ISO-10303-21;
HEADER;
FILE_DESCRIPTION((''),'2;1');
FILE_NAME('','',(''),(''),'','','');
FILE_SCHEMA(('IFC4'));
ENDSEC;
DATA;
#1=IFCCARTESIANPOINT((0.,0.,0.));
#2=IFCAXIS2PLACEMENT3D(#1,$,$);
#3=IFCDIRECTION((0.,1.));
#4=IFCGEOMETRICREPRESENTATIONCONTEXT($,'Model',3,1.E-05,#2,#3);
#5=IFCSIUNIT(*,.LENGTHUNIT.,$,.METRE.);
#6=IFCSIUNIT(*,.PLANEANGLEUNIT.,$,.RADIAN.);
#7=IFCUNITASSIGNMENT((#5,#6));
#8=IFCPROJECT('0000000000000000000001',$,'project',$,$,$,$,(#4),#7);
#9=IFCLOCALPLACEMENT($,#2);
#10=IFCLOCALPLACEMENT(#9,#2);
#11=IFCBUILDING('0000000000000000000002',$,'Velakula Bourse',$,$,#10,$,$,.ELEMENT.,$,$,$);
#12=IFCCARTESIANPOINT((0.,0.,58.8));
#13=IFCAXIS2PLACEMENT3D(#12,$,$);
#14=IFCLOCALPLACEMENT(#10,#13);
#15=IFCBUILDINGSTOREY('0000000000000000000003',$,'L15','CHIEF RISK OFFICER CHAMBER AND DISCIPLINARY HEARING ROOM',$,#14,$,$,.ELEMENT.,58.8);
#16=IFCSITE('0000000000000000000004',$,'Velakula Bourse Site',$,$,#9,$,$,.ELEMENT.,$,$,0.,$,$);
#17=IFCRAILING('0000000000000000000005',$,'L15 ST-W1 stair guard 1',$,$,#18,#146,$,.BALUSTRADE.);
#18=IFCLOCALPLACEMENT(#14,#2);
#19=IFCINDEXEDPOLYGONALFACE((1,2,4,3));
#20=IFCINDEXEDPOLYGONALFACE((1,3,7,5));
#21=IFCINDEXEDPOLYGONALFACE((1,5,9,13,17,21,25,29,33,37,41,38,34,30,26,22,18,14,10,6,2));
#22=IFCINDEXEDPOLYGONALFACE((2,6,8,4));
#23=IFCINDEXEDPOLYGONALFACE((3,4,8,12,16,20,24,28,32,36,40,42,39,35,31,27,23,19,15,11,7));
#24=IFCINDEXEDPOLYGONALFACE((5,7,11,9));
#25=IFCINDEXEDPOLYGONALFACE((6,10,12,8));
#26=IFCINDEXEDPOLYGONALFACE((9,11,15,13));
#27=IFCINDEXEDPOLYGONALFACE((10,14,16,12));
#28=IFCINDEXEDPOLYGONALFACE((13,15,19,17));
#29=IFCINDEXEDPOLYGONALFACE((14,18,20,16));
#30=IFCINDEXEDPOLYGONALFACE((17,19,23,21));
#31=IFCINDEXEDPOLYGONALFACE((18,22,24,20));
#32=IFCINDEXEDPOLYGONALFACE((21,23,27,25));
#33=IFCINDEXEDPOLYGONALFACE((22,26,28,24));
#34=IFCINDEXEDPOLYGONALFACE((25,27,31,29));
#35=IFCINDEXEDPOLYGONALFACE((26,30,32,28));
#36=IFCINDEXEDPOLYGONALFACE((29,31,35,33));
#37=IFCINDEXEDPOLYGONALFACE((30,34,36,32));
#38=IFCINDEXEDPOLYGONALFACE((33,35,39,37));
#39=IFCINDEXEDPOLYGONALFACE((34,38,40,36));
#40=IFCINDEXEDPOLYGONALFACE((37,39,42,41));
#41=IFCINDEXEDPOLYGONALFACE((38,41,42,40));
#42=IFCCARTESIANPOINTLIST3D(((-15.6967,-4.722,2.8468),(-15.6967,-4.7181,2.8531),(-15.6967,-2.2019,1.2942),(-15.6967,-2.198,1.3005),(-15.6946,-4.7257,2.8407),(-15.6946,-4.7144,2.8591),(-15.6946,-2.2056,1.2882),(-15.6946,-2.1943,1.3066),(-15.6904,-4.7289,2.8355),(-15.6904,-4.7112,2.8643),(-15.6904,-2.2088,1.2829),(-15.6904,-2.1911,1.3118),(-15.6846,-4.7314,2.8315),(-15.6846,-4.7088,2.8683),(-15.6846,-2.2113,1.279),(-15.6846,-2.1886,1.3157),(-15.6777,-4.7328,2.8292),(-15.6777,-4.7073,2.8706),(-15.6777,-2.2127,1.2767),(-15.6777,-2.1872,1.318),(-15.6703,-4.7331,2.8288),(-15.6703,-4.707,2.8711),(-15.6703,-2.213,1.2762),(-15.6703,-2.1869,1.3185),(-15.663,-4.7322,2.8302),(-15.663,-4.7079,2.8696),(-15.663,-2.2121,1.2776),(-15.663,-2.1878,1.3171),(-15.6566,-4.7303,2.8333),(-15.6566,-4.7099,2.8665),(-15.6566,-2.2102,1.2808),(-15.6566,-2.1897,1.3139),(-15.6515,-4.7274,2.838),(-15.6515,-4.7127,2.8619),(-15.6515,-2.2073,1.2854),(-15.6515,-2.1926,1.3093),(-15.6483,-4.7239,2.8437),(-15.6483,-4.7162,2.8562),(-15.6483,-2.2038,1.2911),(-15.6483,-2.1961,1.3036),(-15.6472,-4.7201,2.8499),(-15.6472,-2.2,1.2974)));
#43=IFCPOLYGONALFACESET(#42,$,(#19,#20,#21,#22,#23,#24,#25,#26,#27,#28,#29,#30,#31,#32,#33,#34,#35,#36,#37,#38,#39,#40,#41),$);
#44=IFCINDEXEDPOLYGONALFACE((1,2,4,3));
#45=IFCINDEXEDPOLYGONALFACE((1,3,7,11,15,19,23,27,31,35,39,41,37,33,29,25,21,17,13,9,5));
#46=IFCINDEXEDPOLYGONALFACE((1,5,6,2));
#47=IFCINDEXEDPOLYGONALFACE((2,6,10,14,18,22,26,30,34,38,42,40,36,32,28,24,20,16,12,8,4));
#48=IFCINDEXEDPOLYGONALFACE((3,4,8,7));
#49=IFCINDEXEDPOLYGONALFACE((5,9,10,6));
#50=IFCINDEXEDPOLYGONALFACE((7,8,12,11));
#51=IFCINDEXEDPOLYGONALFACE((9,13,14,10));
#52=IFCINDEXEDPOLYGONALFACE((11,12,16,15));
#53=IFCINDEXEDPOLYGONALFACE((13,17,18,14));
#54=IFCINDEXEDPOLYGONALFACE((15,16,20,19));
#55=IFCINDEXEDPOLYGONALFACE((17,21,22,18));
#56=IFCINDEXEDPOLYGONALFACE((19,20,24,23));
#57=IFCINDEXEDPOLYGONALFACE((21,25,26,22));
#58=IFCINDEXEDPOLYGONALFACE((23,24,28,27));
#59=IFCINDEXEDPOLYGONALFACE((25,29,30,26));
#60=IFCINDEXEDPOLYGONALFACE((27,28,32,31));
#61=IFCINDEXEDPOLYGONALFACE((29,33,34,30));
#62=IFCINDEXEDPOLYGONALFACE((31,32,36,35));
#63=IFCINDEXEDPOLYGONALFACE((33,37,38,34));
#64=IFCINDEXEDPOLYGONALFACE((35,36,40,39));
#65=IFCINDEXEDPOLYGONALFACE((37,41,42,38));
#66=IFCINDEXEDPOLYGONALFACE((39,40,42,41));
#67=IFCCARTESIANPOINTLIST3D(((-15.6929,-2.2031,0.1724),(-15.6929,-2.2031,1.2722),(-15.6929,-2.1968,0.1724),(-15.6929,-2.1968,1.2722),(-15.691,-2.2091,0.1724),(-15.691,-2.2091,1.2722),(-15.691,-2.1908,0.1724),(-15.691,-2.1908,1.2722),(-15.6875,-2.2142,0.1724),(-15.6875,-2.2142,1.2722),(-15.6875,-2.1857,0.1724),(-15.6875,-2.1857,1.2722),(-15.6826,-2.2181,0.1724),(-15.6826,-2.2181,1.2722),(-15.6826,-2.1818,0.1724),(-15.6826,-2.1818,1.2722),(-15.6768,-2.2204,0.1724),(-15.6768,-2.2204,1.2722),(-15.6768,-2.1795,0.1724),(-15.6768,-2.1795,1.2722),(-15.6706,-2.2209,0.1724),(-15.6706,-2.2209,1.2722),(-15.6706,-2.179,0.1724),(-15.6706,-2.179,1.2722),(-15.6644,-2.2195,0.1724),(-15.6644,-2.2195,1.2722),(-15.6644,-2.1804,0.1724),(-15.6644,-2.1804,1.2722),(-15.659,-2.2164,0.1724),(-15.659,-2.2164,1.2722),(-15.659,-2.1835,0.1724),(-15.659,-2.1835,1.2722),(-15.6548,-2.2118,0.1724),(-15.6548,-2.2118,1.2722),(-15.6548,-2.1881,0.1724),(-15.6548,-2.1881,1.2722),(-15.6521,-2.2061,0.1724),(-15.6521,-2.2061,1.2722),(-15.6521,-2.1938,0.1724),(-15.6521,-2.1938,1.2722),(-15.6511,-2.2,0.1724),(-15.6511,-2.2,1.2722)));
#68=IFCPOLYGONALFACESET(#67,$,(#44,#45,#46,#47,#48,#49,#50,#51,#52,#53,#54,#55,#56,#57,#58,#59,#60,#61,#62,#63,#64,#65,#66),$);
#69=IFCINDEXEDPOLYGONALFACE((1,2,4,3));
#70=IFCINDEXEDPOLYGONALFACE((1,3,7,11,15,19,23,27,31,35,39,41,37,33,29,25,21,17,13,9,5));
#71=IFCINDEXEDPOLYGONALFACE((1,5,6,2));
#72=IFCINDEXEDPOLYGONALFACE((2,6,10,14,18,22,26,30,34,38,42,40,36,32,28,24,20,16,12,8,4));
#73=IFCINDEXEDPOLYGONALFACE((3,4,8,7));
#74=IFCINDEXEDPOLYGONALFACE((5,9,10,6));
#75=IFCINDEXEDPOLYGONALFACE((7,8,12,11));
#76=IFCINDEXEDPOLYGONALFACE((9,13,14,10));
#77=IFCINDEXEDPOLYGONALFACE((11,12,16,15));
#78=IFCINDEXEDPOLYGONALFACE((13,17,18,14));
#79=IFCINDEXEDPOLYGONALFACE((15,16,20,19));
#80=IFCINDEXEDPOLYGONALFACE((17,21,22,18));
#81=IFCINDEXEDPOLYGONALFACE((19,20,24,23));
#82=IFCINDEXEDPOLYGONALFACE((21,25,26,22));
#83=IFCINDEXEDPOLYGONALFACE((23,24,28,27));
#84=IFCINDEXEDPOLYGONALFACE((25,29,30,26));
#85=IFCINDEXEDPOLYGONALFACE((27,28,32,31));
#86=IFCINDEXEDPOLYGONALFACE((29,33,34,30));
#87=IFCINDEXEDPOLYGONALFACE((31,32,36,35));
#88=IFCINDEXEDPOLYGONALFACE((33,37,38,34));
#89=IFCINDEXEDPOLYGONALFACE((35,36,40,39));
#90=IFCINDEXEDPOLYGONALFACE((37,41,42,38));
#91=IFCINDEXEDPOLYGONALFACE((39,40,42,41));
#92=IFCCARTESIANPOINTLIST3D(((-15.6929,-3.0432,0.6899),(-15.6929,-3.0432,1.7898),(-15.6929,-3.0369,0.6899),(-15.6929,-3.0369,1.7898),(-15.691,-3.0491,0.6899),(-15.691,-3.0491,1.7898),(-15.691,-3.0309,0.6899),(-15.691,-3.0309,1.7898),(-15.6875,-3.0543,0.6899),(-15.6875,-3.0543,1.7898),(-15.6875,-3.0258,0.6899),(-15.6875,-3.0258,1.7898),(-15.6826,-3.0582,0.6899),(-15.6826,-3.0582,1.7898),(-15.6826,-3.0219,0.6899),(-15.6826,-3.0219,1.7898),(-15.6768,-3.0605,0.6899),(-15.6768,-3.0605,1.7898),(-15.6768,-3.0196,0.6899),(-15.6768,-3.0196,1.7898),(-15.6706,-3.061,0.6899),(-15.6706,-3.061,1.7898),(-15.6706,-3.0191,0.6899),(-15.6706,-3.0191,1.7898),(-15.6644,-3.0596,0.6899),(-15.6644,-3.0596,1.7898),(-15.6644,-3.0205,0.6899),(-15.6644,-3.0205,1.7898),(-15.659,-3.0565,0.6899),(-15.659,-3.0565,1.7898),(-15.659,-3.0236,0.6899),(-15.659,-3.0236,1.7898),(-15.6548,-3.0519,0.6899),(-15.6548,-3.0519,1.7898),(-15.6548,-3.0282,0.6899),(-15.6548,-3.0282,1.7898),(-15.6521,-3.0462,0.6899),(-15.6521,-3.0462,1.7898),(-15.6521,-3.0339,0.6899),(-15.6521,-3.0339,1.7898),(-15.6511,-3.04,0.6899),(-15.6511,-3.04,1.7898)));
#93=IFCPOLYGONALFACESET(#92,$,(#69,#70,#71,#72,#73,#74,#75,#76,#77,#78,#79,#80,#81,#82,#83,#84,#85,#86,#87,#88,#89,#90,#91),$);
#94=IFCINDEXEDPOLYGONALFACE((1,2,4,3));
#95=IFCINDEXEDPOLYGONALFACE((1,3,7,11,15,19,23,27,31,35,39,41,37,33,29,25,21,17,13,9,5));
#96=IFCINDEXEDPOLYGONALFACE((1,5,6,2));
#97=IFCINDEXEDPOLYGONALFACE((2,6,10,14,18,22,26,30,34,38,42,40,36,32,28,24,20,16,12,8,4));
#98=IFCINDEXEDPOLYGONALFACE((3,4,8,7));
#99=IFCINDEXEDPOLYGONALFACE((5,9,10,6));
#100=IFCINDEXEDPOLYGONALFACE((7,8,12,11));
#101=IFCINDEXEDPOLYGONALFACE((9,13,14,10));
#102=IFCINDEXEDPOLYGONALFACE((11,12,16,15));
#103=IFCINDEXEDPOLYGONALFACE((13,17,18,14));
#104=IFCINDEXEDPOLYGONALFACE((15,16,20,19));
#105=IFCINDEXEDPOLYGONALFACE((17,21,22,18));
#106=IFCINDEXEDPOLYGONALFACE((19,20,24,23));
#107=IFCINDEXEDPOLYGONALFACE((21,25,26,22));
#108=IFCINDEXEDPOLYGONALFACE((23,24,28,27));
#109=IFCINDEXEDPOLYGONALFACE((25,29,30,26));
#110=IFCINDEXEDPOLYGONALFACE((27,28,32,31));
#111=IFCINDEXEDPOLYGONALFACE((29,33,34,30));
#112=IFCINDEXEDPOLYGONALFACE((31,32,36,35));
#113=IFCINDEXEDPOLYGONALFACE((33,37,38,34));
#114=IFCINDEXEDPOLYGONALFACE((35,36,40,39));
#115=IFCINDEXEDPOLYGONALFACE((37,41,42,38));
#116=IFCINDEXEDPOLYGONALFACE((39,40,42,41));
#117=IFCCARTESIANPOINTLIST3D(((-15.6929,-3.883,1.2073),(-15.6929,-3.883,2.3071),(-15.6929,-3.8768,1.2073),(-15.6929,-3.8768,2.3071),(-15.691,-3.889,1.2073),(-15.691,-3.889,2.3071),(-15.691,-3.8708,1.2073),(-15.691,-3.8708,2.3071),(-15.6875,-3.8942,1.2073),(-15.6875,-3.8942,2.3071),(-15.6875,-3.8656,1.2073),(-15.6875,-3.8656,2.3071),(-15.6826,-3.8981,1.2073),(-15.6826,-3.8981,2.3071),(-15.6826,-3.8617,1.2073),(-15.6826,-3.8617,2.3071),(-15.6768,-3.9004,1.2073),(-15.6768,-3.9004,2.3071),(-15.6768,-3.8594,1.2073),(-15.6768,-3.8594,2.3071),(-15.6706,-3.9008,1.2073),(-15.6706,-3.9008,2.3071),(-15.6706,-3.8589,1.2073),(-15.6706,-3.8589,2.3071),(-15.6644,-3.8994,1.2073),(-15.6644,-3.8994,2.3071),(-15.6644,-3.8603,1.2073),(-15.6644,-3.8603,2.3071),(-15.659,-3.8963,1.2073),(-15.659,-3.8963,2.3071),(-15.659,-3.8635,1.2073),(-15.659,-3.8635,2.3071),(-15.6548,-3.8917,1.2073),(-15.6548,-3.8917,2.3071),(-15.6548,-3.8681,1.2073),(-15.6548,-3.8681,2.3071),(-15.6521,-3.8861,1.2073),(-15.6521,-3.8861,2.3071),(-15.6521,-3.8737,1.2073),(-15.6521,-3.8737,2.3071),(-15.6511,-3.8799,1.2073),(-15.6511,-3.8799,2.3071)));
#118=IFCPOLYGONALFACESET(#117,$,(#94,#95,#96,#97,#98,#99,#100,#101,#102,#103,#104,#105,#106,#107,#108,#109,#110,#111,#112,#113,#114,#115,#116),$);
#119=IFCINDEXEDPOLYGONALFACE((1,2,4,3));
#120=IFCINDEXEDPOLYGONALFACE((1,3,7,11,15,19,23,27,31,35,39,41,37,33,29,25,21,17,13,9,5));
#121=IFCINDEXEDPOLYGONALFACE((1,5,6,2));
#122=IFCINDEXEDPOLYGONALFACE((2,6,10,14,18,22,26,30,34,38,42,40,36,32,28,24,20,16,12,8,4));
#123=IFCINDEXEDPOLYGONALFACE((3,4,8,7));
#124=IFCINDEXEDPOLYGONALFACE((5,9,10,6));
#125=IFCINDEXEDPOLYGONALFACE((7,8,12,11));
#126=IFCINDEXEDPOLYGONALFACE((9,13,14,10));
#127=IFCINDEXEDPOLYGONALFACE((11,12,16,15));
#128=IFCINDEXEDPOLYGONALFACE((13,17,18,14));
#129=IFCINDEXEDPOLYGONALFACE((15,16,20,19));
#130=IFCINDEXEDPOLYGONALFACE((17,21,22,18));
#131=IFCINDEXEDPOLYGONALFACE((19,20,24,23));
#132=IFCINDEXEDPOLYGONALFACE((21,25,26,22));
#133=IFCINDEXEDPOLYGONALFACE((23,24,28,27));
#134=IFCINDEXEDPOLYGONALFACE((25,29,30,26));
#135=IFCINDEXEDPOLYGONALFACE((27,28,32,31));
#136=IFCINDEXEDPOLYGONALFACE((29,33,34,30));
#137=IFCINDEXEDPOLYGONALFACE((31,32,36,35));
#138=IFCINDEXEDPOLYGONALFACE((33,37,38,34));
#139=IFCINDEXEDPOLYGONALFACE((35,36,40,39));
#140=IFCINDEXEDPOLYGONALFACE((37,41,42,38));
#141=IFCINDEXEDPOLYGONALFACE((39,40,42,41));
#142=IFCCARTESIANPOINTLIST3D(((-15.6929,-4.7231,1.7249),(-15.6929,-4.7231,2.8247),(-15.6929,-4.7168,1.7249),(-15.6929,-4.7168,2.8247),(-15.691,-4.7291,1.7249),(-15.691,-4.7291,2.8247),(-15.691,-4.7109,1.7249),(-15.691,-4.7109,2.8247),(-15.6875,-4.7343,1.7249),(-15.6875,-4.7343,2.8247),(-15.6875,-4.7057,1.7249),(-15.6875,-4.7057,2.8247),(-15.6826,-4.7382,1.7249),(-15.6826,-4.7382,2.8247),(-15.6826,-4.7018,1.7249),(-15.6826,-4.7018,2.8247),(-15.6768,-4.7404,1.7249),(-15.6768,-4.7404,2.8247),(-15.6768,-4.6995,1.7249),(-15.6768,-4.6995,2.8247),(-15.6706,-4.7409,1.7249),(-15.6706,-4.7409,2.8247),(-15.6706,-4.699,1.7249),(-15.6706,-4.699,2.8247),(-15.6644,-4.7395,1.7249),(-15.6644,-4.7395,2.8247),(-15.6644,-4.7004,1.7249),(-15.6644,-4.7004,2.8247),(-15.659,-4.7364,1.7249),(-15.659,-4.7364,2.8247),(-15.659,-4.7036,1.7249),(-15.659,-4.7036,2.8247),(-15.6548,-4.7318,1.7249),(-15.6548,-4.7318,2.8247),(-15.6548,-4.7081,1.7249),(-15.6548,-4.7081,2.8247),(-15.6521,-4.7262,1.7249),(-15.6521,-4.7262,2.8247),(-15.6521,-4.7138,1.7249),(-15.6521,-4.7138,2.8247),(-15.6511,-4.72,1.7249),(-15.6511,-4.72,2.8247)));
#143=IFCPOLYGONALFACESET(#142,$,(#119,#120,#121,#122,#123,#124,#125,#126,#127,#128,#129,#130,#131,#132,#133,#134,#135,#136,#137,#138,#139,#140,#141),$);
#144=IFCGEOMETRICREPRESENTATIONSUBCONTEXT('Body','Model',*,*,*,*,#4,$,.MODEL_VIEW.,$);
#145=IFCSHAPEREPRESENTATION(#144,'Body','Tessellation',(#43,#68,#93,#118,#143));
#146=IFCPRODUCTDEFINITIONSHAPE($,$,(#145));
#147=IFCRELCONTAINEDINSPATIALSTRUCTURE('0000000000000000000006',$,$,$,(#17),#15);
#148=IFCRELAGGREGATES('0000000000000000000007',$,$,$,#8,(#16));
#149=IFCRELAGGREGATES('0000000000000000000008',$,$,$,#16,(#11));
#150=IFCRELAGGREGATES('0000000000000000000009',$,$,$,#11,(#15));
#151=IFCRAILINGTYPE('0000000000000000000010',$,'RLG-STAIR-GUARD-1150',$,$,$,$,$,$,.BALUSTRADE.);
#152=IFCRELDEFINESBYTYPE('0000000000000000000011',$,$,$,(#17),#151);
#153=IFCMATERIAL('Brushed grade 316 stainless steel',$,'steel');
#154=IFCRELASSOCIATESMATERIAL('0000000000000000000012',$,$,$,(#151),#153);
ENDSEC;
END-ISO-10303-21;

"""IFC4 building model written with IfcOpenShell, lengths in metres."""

from ifc_helpers import new_model, si_unit, direction, frame, origin, origin_2d, place, context, subcontext, project, spatial, circle, extrude, material, type_object, element, save


model = new_model("IFC4")

# Units and contexts
model_context = context("Model", 3, precision=1e-05, world=origin(), true_north=direction((0.0, 1.0)))
body_context = subcontext(model_context, "Body", "Model", "MODEL_VIEW")
ifc_project = project(units=[si_unit("LENGTHUNIT", "METRE"), si_unit("PLANEANGLEUNIT", "RADIAN")], contexts=[model_context])

# Site, building, storey
site_placement = place(None, origin())
site = spatial("IfcSite", under=ifc_project, at=site_placement, Name="Velakula Bourse Site", CompositionType="ELEMENT", RefElevation=0.0)
building_placement = place(site_placement, origin())
building = spatial("IfcBuilding", under=site, at=building_placement, Name="Velakula Bourse", CompositionType="ELEMENT")
storey_placement = place(building_placement, frame((0.0, 0.0, 58.8)))
storey = spatial("IfcBuildingStorey", under=building, at=storey_placement, Name="L15", Description="CHIEF RISK OFFICER CHAMBER AND DISCIPLINARY HEARING ROOM", CompositionType="ELEMENT", Elevation=58.8)

# Shared definitions
ifc_material_1 = material(Name="Brushed grade 316 stainless steel", Category="steel")

# Railing
railing_type_1 = type_object("IfcRailingType", Name="RLG-STAIR-GUARD-1150", PredefinedType="BALUSTRADE", material=ifc_material_1)
railing_1_placement = place(storey_placement, frame((-15.6721, -2.2, 0.1724)))
element("IfcRailing", 1, at=railing_1_placement, inside=storey, type_object=railing_type_1, Name="L15 ST-W1 stair guard 1", PredefinedType="BALUSTRADE", context=body_context, shape_type="SweptSolid", body=[
    extrude(circle(Radius=0.0249, at=origin_2d()), frame((0.0, 0.0, 1.125), z_axis=(0.0, -0.8514, 0.524516), x_axis=(1.0, 0.0, 0.0)), (0.0, 0.0, 1.0), 2.96),
    extrude(circle(Radius=0.021, at=origin_2d()), origin(), (0.0, 0.0, 1.0), 1.0999),
    extrude(circle(Radius=0.021, at=origin_2d()), frame((0.0, -0.8401, 0.5176)), (0.0, 0.0, 1.0), 1.0999),
    extrude(circle(Radius=0.021, at=origin_2d()), frame((0.0, -1.6799, 1.0349)), (0.0, 0.0, 1.0), 1.0999),
    extrude(circle(Radius=0.021, at=origin_2d()), frame((0.0, -2.52, 1.5525)), (0.0, 0.0, 1.0), 1.0999),
])

save(model, "model.ifc")
